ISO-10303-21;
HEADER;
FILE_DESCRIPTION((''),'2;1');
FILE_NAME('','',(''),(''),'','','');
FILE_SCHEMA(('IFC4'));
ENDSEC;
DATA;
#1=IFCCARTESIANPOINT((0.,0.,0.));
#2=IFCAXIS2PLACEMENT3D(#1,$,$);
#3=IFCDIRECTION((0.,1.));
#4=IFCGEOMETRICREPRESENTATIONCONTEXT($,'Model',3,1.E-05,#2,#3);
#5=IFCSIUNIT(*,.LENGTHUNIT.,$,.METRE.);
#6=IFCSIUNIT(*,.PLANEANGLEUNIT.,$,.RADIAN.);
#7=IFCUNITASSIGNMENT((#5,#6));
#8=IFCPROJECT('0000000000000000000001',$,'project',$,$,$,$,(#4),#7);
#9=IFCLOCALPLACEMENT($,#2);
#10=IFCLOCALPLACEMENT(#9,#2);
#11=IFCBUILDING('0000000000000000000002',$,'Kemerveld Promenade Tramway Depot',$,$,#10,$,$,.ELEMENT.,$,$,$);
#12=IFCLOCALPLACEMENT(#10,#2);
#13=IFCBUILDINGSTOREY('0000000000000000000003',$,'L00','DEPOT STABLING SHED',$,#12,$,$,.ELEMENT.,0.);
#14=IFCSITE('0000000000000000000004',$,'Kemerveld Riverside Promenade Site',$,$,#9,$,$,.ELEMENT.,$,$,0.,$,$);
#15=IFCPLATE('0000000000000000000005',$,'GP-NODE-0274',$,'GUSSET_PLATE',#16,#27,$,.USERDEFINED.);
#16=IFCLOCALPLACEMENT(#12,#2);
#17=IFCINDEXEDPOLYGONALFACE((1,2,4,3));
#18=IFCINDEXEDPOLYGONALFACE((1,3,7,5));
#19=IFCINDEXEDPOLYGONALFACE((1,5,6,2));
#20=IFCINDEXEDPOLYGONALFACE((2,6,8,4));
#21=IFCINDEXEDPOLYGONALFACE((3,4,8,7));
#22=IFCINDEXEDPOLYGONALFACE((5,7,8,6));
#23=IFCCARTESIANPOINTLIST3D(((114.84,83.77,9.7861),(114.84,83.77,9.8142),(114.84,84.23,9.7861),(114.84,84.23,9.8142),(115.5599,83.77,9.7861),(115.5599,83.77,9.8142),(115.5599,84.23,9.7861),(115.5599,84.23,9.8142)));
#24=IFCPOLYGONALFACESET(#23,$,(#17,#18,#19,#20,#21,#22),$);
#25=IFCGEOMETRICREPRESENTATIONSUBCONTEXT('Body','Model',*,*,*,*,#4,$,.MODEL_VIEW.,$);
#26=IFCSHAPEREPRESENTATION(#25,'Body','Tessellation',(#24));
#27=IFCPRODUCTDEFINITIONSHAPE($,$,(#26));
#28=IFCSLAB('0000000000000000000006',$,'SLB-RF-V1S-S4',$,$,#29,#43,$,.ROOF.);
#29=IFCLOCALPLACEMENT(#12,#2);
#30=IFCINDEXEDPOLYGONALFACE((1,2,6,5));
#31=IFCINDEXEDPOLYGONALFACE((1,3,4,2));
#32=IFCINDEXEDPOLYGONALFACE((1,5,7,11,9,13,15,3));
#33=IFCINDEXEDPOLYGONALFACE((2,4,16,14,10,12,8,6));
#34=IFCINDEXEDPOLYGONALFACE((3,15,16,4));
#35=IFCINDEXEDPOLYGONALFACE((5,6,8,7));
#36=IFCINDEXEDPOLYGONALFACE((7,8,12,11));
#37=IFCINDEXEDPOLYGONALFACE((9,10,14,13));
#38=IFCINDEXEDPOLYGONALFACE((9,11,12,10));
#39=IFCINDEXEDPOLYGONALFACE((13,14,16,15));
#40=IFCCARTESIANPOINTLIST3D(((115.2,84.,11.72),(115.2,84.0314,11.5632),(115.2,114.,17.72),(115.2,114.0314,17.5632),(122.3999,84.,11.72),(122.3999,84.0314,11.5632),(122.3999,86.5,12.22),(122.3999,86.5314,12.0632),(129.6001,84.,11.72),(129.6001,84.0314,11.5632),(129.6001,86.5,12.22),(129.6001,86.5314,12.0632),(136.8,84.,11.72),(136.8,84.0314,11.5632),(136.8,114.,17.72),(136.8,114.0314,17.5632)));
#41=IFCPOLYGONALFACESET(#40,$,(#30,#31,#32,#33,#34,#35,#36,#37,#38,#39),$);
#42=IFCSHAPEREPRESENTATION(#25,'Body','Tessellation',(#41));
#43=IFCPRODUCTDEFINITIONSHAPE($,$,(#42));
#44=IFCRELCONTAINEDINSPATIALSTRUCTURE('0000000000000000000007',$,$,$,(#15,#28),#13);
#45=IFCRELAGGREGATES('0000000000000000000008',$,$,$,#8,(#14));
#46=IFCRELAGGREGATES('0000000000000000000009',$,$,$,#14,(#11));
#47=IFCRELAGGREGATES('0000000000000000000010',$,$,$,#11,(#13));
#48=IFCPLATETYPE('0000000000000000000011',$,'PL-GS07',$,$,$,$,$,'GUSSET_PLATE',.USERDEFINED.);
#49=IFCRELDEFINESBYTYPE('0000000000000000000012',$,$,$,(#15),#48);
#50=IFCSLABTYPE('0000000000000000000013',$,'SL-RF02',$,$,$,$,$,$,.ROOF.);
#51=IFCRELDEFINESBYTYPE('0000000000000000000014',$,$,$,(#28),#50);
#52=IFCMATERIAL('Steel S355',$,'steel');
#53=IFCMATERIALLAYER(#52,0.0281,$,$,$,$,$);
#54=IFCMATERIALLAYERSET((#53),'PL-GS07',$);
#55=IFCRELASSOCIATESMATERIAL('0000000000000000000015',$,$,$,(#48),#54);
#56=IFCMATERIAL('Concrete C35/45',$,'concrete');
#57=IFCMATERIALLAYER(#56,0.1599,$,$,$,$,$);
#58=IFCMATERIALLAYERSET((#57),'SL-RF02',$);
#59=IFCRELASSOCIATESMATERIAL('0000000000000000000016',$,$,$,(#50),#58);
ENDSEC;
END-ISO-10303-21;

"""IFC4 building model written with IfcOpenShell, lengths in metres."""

from ifc_helpers import new_model, si_unit, direction, frame, origin, origin_2d, place, context, subcontext, project, spatial, polyline, rectangle, outline, extrude, material, layer, layer_set, type_object, element, save


model = new_model("IFC4")

# Units and contexts
model_context = context("Model", 3, precision=1e-05, world=origin(), true_north=direction((0.0, 1.0)))
body_context = subcontext(model_context, "Body", "Model", "MODEL_VIEW")
ifc_project = project(units=[si_unit("LENGTHUNIT", "METRE"), si_unit("PLANEANGLEUNIT", "RADIAN")], contexts=[model_context])

# Site, building, storey
site_placement = place(None, origin())
site = spatial("IfcSite", under=ifc_project, at=site_placement, Name="Kemerveld Riverside Promenade Site", CompositionType="ELEMENT", RefElevation=0.0)
building_placement = place(site_placement, origin())
building = spatial("IfcBuilding", under=site, at=building_placement, Name="Kemerveld Promenade Tramway Depot", CompositionType="ELEMENT")
storey_placement = place(building_placement, origin())
storey = spatial("IfcBuildingStorey", under=building, at=storey_placement, Name="L00", Description="DEPOT STABLING SHED", CompositionType="ELEMENT", Elevation=0.0)

# Shared definitions
ifc_material_1 = material(Name="Steel S355", Category="steel")

# Plate
ifc_layer_1 = layer(ifc_material_1, 0.0281)
ifc_layer_set_1 = layer_set([ifc_layer_1], Name="PL-GS07")
plate_type_1 = type_object("IfcPlateType", Name="PL-GS07", ElementType="GUSSET_PLATE", PredefinedType="USERDEFINED", material=ifc_layer_set_1)
plate_1_placement = place(storey_placement, frame((115.2, 84.0, 9.7861), z_axis=(0.0, 0.0, 1.0), x_axis=(1.0, 0.0, 0.0)))
element("IfcPlate", 1, at=plate_1_placement, inside=storey, type_object=plate_type_1, Name="GP-NODE-0274", ObjectType="GUSSET_PLATE", PredefinedType="USERDEFINED", context=body_context, shape_type="SweptSolid", body=[
    extrude(rectangle(XDim=0.72, YDim=0.46, at=origin_2d()), origin(), (0.0, 0.0, 1.0), 0.0281),
])

# Slab
ifc_material_2 = material(Name="Concrete C35/45", Category="concrete")
ifc_layer_2 = layer(ifc_material_2, 0.1599)
ifc_layer_set_2 = layer_set([ifc_layer_2], Name="SL-RF02")
slab_type = type_object("IfcSlabType", Name="SL-RF02", PredefinedType="ROOF", material=ifc_layer_set_2)
slab_placement = place(storey_placement, frame((115.2, 84.0, 11.72), z_axis=(0.0, -0.196116, 0.980581), x_axis=(1.0, 0.0, 0.0)))
element("IfcSlab", 2, at=slab_placement, inside=storey, type_object=slab_type, Name="SLB-RF-V1S-S4", PredefinedType="ROOF", context=body_context, shape_type="SweptSolid", body=[
    extrude(outline(polyline([(0.0, 0.0), (7.2, 0.0), (7.2, 2.5495), (14.4001, 2.5495), (14.4001, 0.0), (21.6001, 0.0), (21.6001, 30.5941), (0.0, 30.5941), (0.0, 0.0)])), origin(), (0.0, 0.0, -1.0), 0.1599),
])

save(model, "model.ifc")
